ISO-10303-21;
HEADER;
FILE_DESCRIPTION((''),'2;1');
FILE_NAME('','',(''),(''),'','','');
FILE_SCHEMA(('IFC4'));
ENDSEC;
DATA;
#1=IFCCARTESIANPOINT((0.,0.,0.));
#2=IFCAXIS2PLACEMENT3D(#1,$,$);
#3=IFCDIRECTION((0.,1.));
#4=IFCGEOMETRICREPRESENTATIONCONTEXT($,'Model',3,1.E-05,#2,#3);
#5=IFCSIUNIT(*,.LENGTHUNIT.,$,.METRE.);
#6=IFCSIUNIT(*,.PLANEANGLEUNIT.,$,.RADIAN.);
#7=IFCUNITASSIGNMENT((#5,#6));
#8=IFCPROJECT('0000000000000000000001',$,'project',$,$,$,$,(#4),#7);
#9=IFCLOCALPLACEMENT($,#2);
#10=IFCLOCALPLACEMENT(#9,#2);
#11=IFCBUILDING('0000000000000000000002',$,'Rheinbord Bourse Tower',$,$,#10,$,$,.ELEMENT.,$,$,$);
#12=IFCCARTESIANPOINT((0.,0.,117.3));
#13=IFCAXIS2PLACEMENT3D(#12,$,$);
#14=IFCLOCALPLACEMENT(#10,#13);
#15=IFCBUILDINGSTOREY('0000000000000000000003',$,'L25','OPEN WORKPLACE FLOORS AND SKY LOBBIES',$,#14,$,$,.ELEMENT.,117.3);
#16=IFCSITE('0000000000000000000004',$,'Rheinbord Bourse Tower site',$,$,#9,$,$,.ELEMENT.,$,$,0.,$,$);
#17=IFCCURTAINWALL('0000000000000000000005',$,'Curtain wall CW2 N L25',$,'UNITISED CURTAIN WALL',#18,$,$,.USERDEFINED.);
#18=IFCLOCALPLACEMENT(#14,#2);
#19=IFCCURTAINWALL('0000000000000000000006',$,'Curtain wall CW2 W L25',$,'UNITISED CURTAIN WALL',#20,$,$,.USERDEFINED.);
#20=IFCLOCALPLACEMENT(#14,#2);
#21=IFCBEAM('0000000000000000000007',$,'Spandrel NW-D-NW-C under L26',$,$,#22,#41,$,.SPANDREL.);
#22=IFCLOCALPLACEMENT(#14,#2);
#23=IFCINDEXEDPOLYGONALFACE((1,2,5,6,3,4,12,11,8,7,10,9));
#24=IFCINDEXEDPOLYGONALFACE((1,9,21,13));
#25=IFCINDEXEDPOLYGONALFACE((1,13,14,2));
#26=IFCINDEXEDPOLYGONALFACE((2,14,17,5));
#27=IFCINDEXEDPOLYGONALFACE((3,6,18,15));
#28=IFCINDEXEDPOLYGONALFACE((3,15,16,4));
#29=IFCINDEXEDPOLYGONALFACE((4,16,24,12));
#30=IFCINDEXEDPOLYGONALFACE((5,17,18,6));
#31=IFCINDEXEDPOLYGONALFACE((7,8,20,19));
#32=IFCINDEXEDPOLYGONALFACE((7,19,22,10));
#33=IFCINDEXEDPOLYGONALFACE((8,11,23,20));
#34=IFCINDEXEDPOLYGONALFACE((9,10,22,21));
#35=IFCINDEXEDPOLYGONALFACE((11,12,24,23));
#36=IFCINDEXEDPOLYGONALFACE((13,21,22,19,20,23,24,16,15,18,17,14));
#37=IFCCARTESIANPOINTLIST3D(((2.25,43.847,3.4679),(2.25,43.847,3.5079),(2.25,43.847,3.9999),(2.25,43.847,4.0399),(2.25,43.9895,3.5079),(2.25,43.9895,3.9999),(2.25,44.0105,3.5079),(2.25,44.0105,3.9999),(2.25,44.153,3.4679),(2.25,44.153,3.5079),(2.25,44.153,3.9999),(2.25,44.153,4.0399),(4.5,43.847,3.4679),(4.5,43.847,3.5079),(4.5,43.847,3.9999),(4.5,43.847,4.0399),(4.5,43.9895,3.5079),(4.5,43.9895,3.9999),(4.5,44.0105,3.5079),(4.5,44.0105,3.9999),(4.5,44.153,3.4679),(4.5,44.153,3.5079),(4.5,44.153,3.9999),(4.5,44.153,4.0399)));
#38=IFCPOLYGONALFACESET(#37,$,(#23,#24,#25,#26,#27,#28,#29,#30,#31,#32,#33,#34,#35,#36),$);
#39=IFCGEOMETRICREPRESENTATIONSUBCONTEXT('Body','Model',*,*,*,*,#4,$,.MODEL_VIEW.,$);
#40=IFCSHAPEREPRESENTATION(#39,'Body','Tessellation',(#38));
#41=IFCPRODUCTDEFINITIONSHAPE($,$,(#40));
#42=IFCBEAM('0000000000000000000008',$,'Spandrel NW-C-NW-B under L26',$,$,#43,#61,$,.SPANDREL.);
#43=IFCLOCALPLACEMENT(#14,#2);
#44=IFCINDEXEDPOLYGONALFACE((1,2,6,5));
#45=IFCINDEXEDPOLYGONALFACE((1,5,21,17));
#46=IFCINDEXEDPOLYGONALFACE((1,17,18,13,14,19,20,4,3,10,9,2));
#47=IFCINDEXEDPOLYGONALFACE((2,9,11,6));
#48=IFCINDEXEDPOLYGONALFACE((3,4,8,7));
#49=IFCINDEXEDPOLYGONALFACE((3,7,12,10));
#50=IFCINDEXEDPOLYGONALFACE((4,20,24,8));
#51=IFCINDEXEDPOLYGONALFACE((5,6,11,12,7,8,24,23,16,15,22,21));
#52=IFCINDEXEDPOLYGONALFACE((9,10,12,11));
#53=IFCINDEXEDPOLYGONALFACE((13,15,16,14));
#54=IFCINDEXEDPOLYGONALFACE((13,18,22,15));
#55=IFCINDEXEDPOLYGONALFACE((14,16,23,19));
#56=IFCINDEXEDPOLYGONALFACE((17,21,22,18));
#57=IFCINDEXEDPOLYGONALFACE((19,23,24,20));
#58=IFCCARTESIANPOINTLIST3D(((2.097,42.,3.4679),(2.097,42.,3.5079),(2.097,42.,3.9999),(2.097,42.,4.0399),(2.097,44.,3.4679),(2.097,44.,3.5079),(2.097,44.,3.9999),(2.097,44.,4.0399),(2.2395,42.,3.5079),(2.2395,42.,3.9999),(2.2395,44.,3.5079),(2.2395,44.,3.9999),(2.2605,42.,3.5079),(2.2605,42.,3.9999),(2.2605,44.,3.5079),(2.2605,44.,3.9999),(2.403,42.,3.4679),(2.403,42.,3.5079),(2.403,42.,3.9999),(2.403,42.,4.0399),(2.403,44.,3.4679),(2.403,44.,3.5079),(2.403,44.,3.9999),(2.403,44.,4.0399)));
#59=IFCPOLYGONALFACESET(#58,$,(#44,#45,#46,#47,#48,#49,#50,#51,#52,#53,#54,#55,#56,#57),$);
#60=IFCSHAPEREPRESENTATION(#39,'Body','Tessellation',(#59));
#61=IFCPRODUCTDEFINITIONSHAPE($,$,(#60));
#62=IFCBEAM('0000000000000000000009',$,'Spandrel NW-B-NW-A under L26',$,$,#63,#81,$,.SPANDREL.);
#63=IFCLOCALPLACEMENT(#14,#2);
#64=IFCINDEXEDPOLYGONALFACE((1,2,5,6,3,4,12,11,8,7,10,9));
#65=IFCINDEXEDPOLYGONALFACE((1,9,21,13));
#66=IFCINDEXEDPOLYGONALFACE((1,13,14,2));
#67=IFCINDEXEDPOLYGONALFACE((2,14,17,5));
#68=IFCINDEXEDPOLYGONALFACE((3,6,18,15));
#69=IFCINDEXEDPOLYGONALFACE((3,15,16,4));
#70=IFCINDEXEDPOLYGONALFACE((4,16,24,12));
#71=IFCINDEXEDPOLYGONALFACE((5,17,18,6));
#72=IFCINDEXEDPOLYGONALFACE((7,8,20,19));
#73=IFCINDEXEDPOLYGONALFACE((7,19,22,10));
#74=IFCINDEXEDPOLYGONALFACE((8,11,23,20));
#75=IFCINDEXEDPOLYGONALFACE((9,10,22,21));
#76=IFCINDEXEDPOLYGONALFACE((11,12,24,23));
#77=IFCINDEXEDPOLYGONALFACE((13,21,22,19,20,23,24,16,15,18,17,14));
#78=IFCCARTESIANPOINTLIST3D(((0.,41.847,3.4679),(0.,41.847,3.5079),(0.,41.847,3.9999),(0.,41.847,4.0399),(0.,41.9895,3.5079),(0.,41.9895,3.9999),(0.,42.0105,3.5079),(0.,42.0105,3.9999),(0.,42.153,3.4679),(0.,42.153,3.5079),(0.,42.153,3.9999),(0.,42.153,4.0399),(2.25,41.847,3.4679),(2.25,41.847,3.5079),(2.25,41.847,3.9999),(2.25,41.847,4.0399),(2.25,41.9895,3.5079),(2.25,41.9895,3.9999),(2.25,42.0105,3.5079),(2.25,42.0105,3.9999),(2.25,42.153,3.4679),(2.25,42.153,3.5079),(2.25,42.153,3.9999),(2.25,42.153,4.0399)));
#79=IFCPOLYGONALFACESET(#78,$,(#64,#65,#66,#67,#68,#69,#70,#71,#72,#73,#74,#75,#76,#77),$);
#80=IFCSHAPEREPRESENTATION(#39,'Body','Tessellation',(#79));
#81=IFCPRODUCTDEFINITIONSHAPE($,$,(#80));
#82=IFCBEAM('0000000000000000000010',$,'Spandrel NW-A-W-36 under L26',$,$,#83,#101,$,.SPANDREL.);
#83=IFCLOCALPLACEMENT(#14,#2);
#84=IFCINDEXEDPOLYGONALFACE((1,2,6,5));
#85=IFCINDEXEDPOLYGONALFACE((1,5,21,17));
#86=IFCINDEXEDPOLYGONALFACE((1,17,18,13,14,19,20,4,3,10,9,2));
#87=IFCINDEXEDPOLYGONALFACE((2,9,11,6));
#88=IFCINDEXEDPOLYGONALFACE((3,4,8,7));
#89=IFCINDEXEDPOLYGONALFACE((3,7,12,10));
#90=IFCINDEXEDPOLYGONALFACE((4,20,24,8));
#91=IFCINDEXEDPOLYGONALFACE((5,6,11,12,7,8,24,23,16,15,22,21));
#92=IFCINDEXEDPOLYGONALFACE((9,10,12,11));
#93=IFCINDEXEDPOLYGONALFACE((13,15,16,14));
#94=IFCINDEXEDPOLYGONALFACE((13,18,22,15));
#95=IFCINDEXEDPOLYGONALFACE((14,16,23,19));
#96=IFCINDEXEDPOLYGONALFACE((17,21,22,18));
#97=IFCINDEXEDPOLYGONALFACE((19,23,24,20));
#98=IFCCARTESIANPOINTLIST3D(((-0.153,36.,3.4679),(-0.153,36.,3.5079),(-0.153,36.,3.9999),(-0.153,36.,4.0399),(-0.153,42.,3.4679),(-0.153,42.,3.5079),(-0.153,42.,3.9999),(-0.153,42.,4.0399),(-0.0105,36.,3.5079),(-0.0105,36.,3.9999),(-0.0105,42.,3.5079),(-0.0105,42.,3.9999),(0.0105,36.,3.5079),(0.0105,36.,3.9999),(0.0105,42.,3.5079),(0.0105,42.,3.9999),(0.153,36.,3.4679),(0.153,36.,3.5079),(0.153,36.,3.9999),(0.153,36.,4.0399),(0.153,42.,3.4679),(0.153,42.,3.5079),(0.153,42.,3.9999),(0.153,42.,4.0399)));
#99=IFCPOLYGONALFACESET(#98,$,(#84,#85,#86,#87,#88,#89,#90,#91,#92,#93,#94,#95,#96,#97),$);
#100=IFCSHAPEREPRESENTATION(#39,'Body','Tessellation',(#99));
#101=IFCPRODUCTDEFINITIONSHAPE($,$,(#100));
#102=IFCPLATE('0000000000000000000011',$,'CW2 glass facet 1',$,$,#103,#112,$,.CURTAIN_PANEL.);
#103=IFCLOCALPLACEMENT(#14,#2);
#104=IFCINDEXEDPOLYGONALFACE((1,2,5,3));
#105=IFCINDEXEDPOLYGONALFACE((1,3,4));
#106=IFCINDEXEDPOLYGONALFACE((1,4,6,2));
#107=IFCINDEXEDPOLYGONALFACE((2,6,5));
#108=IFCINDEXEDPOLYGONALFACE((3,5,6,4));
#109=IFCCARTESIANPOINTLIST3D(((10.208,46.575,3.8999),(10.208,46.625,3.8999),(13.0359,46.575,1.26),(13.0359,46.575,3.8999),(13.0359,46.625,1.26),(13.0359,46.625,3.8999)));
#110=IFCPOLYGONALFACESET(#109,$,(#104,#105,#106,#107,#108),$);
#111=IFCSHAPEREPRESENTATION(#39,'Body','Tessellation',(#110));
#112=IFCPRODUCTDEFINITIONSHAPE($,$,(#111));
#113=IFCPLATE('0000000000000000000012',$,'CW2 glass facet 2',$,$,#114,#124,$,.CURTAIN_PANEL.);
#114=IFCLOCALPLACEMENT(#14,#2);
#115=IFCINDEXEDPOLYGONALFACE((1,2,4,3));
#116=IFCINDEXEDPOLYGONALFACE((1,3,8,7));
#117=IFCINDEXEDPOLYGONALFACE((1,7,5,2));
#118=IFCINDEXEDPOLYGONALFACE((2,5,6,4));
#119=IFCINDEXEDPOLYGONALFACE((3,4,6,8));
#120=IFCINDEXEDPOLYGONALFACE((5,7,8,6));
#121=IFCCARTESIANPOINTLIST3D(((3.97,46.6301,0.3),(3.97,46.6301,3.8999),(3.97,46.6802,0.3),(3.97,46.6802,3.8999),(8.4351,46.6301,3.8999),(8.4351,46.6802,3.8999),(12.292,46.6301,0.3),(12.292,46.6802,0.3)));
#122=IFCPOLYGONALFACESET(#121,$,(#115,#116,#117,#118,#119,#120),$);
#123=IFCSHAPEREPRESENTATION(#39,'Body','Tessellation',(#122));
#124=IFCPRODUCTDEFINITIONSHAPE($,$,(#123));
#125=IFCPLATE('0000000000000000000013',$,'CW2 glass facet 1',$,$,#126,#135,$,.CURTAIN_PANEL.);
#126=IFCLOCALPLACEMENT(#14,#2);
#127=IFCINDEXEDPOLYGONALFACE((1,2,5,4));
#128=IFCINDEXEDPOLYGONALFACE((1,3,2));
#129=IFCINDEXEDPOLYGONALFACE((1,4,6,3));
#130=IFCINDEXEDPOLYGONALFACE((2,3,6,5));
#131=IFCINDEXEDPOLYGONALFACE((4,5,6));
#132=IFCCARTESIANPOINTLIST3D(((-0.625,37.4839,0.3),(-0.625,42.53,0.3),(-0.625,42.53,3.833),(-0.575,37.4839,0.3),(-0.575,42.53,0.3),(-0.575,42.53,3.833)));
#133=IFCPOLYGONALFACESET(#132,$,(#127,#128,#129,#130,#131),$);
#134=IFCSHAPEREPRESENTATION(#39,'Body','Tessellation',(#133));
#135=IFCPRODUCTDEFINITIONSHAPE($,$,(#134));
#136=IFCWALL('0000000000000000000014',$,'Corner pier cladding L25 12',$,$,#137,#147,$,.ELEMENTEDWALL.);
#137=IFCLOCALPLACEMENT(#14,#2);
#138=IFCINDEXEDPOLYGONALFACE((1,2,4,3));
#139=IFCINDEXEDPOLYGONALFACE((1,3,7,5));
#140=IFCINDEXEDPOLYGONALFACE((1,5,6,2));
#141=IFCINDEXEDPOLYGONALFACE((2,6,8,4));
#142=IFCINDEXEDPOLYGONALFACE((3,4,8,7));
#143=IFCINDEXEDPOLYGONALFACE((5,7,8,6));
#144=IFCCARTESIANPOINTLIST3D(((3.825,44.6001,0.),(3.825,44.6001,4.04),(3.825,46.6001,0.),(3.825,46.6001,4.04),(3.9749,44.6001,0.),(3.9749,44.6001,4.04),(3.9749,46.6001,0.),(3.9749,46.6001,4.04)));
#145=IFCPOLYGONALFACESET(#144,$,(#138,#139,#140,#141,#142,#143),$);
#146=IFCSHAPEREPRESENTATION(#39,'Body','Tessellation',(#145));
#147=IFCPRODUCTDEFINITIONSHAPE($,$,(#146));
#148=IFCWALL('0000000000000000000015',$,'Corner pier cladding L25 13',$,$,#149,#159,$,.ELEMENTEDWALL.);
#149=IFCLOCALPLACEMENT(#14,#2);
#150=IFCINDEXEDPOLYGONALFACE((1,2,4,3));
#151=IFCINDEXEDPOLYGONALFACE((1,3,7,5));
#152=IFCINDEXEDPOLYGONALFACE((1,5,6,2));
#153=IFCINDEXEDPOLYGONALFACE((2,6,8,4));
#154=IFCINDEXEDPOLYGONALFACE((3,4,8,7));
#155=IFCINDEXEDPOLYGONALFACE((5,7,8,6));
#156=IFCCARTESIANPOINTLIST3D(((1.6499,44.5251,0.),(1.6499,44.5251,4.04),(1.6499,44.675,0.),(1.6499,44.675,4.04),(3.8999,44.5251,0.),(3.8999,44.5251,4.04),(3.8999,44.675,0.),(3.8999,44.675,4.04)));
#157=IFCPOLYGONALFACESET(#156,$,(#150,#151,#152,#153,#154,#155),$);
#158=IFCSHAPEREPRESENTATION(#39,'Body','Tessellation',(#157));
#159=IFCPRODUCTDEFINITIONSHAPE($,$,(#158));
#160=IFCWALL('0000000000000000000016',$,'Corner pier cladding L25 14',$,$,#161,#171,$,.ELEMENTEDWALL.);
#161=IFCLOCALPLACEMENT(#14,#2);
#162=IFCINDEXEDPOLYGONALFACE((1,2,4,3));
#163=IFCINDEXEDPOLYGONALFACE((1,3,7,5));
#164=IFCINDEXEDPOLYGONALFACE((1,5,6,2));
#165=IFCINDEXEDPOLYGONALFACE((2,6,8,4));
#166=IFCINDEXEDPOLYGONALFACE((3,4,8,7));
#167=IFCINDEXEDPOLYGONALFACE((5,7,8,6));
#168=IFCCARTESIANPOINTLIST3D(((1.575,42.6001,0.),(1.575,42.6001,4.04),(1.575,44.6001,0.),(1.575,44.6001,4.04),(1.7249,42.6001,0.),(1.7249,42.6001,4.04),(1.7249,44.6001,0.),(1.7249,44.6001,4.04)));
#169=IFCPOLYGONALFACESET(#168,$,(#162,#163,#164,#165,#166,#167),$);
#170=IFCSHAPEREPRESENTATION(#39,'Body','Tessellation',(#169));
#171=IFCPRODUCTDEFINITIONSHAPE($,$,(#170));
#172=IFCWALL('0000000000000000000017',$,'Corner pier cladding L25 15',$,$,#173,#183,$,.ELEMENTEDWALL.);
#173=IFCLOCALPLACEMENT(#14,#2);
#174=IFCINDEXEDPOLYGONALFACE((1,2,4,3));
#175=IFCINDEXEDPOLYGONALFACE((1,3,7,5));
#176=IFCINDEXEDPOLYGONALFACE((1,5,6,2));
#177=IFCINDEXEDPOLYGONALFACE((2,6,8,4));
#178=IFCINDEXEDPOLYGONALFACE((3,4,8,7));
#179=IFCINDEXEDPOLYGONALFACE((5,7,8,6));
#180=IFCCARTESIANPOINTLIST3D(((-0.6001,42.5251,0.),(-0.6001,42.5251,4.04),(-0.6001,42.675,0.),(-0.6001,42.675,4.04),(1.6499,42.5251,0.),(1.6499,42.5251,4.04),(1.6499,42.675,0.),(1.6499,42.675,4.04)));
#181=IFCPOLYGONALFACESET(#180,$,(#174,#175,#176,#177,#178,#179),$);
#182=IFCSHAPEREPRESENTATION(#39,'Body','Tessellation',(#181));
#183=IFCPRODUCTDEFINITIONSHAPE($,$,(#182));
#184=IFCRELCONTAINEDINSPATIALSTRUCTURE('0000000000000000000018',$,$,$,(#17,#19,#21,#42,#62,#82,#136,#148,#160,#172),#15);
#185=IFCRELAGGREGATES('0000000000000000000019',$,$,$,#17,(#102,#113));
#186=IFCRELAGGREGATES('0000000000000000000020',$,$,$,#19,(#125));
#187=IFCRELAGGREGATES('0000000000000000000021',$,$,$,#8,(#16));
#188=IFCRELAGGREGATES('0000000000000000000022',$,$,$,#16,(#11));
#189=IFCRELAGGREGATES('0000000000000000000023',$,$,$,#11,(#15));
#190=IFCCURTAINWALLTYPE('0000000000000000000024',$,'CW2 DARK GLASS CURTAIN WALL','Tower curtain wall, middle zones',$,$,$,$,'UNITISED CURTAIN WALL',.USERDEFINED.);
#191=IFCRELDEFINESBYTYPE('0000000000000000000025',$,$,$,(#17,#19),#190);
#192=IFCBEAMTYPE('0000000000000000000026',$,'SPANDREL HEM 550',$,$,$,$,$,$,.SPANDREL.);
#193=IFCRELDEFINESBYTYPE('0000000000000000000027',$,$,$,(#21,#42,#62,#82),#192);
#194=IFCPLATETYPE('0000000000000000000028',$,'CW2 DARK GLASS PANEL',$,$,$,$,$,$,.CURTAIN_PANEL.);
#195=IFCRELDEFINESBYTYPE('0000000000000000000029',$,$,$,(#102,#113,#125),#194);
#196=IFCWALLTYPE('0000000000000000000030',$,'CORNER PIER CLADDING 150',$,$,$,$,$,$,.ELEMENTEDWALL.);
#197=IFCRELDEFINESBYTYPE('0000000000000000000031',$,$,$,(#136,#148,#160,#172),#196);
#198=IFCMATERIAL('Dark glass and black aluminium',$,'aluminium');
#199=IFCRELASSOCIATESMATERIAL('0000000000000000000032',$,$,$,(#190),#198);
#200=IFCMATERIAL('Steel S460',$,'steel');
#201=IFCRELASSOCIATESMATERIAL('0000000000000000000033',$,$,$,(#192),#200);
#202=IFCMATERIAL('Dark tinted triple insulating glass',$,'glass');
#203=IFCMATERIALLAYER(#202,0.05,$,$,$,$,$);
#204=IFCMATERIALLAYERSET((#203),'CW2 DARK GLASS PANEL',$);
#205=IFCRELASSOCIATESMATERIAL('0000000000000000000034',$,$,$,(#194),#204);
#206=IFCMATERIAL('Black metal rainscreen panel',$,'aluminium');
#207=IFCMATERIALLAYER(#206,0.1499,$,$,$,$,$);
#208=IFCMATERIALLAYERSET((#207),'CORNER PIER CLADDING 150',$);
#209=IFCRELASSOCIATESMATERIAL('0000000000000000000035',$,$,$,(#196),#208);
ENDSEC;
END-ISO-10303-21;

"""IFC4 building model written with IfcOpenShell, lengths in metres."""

from ifc_helpers import new_model, si_unit, direction, frame, frame_2d, origin, origin_2d, place, context, subcontext, project, spatial, polyline, rectangle, i_section, outline, extrude, material, layer, layer_set, material_profile, profile_set, type_object, element, aggregate, save


model = new_model("IFC4")

# Units and contexts
model_context = context("Model", 3, precision=1e-05, world=origin(), true_north=direction((0.0, 1.0)))
body_context = subcontext(model_context, "Body", "Model", "MODEL_VIEW")
ifc_project = project(units=[si_unit("LENGTHUNIT", "METRE"), si_unit("PLANEANGLEUNIT", "RADIAN")], contexts=[model_context])

# Site, building, storey
site_placement = place(None, origin())
site = spatial("IfcSite", under=ifc_project, at=site_placement, Name="Rheinbord Bourse Tower site", CompositionType="ELEMENT", RefElevation=0.0)
building_placement = place(site_placement, origin())
building = spatial("IfcBuilding", under=site, at=building_placement, Name="Rheinbord Bourse Tower", CompositionType="ELEMENT")
storey_placement = place(building_placement, frame((0.0, 0.0, 117.3)))
storey = spatial("IfcBuildingStorey", under=building, at=storey_placement, Name="L25", Description="OPEN WORKPLACE FLOORS AND SKY LOBBIES", CompositionType="ELEMENT", Elevation=117.3)

# Curtain wall
ifc_material_1 = material(Name="Dark glass and black aluminium", Category="aluminium")
curtain_wall_type = type_object("IfcCurtainWallType", Name="CW2 DARK GLASS CURTAIN WALL", Description="Tower curtain wall, middle zones", ElementType="UNITISED CURTAIN WALL", PredefinedType="USERDEFINED", material=ifc_material_1)
curtain_wall_1_placement = place(storey_placement, origin())
curtain_wall_1 = element("IfcCurtainWall", 1, at=curtain_wall_1_placement, inside=storey, type_object=curtain_wall_type, Name="Curtain wall CW2 N L25", ObjectType="UNITISED CURTAIN WALL", PredefinedType="USERDEFINED")

# Curtain wall
curtain_wall_2_placement = place(storey_placement, origin())
curtain_wall_2 = element("IfcCurtainWall", 2, at=curtain_wall_2_placement, inside=storey, type_object=curtain_wall_type, Name="Curtain wall CW2 W L25", ObjectType="UNITISED CURTAIN WALL", PredefinedType="USERDEFINED")

# Beams
ifc_material_2 = material(Name="Steel S460", Category="steel")
ifc_material_profile_1 = material_profile(ifc_material_2, i_section(OverallWidth=0.3059, OverallDepth=0.572, WebThickness=0.021, FlangeThickness=0.04, at=origin_2d()), Name="HEM 550")
ifc_profile_set_1 = profile_set([ifc_material_profile_1], Name="Steel S460")
beam_type_1 = type_object("IfcBeamType", Name="SPANDREL HEM 550", PredefinedType="SPANDREL", material=ifc_profile_set_1)
beam_1_placement = place(storey_placement, frame((4.5, 44.0, 3.7539), z_axis=(-1.0, 0.0, 0.0), x_axis=(0.0, -1.0, 0.0)))
element("IfcBeam", 3, at=beam_1_placement, inside=storey, type_object=beam_type_1, Name="Spandrel NW-D-NW-C under L26", PredefinedType="SPANDREL", context=body_context, shape_type="SweptSolid", body=[
    extrude(i_section(OverallWidth=0.3059, OverallDepth=0.572, WebThickness=0.021, FlangeThickness=0.04, at=origin_2d()), origin(), (0.0, 0.0, 1.0), 2.25),
])
beam_2_placement = place(storey_placement, frame((2.25, 44.0, 3.7539), z_axis=(0.0, -1.0, 0.0), x_axis=(1.0, 0.0, 0.0)))
element("IfcBeam", 4, at=beam_2_placement, inside=storey, type_object=beam_type_1, Name="Spandrel NW-C-NW-B under L26", PredefinedType="SPANDREL", context=body_context, shape_type="SweptSolid", body=[
    extrude(i_section(OverallWidth=0.3059, OverallDepth=0.572, WebThickness=0.021, FlangeThickness=0.04, at=origin_2d()), origin(), (0.0, 0.0, 1.0), 2.0),
])
beam_3_placement = place(storey_placement, frame((2.25, 42.0, 3.7539), z_axis=(-1.0, 0.0, 0.0), x_axis=(0.0, -1.0, 0.0)))
element("IfcBeam", 5, at=beam_3_placement, inside=storey, type_object=beam_type_1, Name="Spandrel NW-B-NW-A under L26", PredefinedType="SPANDREL", context=body_context, shape_type="SweptSolid", body=[
    extrude(i_section(OverallWidth=0.3059, OverallDepth=0.572, WebThickness=0.021, FlangeThickness=0.04, at=origin_2d()), origin(), (0.0, 0.0, 1.0), 2.25),
])
beam_4_placement = place(storey_placement, frame((0.0, 42.0, 3.7539), z_axis=(0.0, -1.0, 0.0), x_axis=(1.0, 0.0, 0.0)))
element("IfcBeam", 6, at=beam_4_placement, inside=storey, type_object=beam_type_1, Name="Spandrel NW-A-W-36 under L26", PredefinedType="SPANDREL", context=body_context, shape_type="SweptSolid", body=[
    extrude(i_section(OverallWidth=0.3059, OverallDepth=0.572, WebThickness=0.021, FlangeThickness=0.04, at=origin_2d()), origin(), (0.0, 0.0, 1.0), 6.0),
])

# Plates
ifc_material_3 = material(Name="Dark tinted triple insulating glass", Category="glass")
ifc_layer_1 = layer(ifc_material_3, 0.05)
ifc_layer_set_1 = layer_set([ifc_layer_1], Name="CW2 DARK GLASS PANEL")
plate_type = type_object("IfcPlateType", Name="CW2 DARK GLASS PANEL", PredefinedType="CURTAIN_PANEL", material=ifc_layer_set_1)
plate_1_placement = place(storey_placement, frame((13.0359, 46.625, 3.8999), z_axis=(0.0, -1.0, 0.0), x_axis=(-1.0, 0.0, 0.0)))
plate_1 = element("IfcPlate", 7, at=plate_1_placement, type_object=plate_type, Name="CW2 glass facet 1", PredefinedType="CURTAIN_PANEL", context=body_context, shape_type="SweptSolid", body=[
    extrude(outline(polyline([(0.0, 0.0), (2.8279, 0.0), (0.0, 2.6399), (0.0, 0.0)])), origin(), (0.0, 0.0, 1.0), 0.05),
])
plate_2_placement = place(storey_placement, frame((3.97, 46.6802, 3.8999), z_axis=(0.0, -1.0, 0.0), x_axis=(0.0, 0.0, -1.0)))
plate_2 = element("IfcPlate", 8, at=plate_2_placement, type_object=plate_type, Name="CW2 glass facet 2", PredefinedType="CURTAIN_PANEL", context=body_context, shape_type="SweptSolid", body=[
    extrude(outline(polyline([(0.0, 0.0), (3.5999, 0.0), (3.5999, 8.322), (0.0, 4.4651), (0.0, 0.0)])), origin(), (0.0, 0.0, 1.0), 0.05),
])
aggregate(curtain_wall_1, [plate_1, plate_2])
plate_3_placement = place(storey_placement, frame((-0.625, 42.53, 0.3), z_axis=(1.0, 0.0, 0.0), x_axis=(0.0, 0.0, 1.0)))
plate_3 = element("IfcPlate", 9, at=plate_3_placement, type_object=plate_type, Name="CW2 glass facet 1", PredefinedType="CURTAIN_PANEL", context=body_context, shape_type="SweptSolid", body=[
    extrude(outline(polyline([(0.0, 0.0), (3.533, 0.0), (0.0, 5.0461), (0.0, 0.0)])), origin(), (0.0, 0.0, 1.0), 0.05),
])
aggregate(curtain_wall_2, [plate_3])

# Walls
ifc_material_4 = material(Name="Black metal rainscreen panel", Category="aluminium")
ifc_layer_2 = layer(ifc_material_4, 0.1499)
ifc_layer_set_2 = layer_set([ifc_layer_2], Name="CORNER PIER CLADDING 150")
wall_type = type_object("IfcWallType", Name="CORNER PIER CLADDING 150", PredefinedType="ELEMENTEDWALL", material=ifc_layer_set_2)
wall_1_placement = place(storey_placement, frame((3.8999, 46.6001, 0.0), z_axis=(0.0, 0.0, 1.0), x_axis=(0.0, -1.0, 0.0)))
element("IfcWall", 10, at=wall_1_placement, inside=storey, type_object=wall_type, Name="Corner pier cladding L25 12", PredefinedType="ELEMENTEDWALL", context=body_context, shape_type="SweptSolid", body=[
    extrude(rectangle(XDim=2.0, YDim=0.1499, at=frame_2d((1.0, 0.0))), origin(), (0.0, 0.0, 1.0), 4.04),
])
wall_2_placement = place(storey_placement, frame((3.8999, 44.6001, 0.0), z_axis=(0.0, 0.0, 1.0), x_axis=(-1.0, 0.0, 0.0)))
element("IfcWall", 11, at=wall_2_placement, inside=storey, type_object=wall_type, Name="Corner pier cladding L25 13", PredefinedType="ELEMENTEDWALL", context=body_context, shape_type="SweptSolid", body=[
    extrude(rectangle(XDim=2.25, YDim=0.1499, at=frame_2d((1.125, 0.0))), origin(), (0.0, 0.0, 1.0), 4.04),
])
wall_3_placement = place(storey_placement, frame((1.6499, 44.6001, 0.0), z_axis=(0.0, 0.0, 1.0), x_axis=(0.0, -1.0, 0.0)))
element("IfcWall", 12, at=wall_3_placement, inside=storey, type_object=wall_type, Name="Corner pier cladding L25 14", PredefinedType="ELEMENTEDWALL", context=body_context, shape_type="SweptSolid", body=[
    extrude(rectangle(XDim=2.0, YDim=0.1499, at=frame_2d((1.0, 0.0))), origin(), (0.0, 0.0, 1.0), 4.04),
])
wall_4_placement = place(storey_placement, frame((1.6499, 42.6001, 0.0), z_axis=(0.0, 0.0, 1.0), x_axis=(-1.0, 0.0, 0.0)))
element("IfcWall", 13, at=wall_4_placement, inside=storey, type_object=wall_type, Name="Corner pier cladding L25 15", PredefinedType="ELEMENTEDWALL", context=body_context, shape_type="SweptSolid", body=[
    extrude(rectangle(XDim=2.25, YDim=0.1499, at=frame_2d((1.125, 0.0))), origin(), (0.0, 0.0, 1.0), 4.04),
])

save(model, "model.ifc")
